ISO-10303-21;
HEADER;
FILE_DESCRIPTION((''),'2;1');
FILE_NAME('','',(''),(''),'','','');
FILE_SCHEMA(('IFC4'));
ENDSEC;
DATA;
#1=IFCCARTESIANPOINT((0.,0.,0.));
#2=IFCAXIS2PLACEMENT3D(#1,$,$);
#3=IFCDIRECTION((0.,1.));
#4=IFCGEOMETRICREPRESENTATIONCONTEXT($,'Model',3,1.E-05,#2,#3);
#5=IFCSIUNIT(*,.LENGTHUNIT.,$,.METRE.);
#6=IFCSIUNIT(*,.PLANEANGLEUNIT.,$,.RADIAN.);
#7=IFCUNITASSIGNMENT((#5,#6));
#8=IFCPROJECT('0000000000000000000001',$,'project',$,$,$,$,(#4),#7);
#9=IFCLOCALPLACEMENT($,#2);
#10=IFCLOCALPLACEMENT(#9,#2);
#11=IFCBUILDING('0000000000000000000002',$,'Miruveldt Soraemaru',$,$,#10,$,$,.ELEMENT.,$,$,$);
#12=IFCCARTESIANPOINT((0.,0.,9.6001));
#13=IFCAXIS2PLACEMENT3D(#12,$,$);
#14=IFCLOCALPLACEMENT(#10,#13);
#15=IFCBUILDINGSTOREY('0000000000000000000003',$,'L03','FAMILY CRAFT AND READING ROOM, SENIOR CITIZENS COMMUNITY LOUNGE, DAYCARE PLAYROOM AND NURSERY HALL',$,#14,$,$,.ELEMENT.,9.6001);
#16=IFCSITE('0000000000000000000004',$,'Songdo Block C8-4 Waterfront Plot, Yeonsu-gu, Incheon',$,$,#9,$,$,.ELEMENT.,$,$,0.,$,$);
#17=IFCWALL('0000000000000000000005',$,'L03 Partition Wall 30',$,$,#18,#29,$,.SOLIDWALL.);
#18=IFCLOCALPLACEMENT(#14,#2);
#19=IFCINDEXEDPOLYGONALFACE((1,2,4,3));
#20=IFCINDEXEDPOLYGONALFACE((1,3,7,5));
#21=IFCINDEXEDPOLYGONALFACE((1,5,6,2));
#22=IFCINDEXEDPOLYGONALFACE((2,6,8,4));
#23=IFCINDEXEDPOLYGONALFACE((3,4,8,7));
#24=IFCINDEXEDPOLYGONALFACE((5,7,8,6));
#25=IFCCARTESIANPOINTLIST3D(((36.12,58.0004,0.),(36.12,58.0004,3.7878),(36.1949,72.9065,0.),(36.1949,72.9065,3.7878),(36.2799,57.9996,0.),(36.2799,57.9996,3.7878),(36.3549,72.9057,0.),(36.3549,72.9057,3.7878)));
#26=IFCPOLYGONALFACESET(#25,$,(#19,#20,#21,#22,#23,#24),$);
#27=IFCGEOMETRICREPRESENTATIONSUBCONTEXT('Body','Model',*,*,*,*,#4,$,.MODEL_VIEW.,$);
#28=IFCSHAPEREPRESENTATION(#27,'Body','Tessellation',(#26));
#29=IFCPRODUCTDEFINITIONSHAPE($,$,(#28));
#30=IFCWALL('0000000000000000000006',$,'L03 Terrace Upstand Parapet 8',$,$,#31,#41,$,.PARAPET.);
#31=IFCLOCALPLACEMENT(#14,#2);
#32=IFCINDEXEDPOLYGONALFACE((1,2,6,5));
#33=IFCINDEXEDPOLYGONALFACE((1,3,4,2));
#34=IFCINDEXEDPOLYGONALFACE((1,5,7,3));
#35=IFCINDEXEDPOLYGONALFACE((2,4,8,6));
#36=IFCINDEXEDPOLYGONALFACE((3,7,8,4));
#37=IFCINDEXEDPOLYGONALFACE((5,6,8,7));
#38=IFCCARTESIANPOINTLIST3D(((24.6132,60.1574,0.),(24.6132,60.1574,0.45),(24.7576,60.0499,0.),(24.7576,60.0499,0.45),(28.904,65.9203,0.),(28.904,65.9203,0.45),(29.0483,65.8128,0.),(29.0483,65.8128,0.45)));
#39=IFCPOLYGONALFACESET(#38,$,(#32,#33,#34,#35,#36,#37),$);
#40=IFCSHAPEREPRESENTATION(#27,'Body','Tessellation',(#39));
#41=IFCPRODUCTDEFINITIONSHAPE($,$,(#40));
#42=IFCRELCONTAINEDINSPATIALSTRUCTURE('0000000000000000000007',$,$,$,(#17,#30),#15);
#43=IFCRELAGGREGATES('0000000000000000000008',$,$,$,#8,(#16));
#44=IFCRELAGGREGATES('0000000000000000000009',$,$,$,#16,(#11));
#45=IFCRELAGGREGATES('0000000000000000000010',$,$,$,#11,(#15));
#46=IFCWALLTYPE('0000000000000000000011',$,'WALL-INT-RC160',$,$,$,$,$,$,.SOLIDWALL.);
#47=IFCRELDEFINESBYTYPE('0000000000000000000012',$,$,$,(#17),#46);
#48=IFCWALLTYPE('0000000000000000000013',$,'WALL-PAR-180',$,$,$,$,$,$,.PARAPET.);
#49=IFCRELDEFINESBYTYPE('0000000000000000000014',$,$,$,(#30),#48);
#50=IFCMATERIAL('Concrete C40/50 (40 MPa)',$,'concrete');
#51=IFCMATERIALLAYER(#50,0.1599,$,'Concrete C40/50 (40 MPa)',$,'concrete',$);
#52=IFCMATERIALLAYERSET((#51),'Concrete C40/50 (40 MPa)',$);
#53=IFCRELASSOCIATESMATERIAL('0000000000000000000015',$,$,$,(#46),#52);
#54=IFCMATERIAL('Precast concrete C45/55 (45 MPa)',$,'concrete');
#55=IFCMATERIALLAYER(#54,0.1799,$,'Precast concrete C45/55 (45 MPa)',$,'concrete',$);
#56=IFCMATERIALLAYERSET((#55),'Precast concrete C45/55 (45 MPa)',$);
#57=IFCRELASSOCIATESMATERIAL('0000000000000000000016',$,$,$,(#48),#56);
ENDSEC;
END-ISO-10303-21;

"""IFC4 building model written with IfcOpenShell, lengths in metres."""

from ifc_helpers import new_model, si_unit, direction, frame, frame_2d, origin, place, context, subcontext, project, spatial, rectangle, extrude, material, layer, layer_set, type_object, element, save


model = new_model("IFC4")

# Units and contexts
model_context = context("Model", 3, precision=1e-05, world=origin(), true_north=direction((0.0, 1.0)))
body_context = subcontext(model_context, "Body", "Model", "MODEL_VIEW")
ifc_project = project(units=[si_unit("LENGTHUNIT", "METRE"), si_unit("PLANEANGLEUNIT", "RADIAN")], contexts=[model_context])

# Site, building, storey
site_placement = place(None, origin())
site = spatial("IfcSite", under=ifc_project, at=site_placement, Name="Songdo Block C8-4 Waterfront Plot, Yeonsu-gu, Incheon", CompositionType="ELEMENT", RefElevation=0.0)
building_placement = place(site_placement, origin())
building = spatial("IfcBuilding", under=site, at=building_placement, Name="Miruveldt Soraemaru", CompositionType="ELEMENT")
storey_placement = place(building_placement, frame((0.0, 0.0, 9.6001)))
storey = spatial("IfcBuildingStorey", under=building, at=storey_placement, Name="L03", Description="FAMILY CRAFT AND READING ROOM, SENIOR CITIZENS COMMUNITY LOUNGE, DAYCARE PLAYROOM AND NURSERY HALL", CompositionType="ELEMENT", Elevation=9.6001)

# Shared definitions
ifc_material_1 = material(Name="Precast concrete C45/55 (45 MPa)", Category="concrete")

# Walls
ifc_material_2 = material(Name="Concrete C40/50 (40 MPa)", Category="concrete")
ifc_layer_1 = layer(ifc_material_2, 0.1599, Name="Concrete C40/50 (40 MPa)", Category="concrete")
ifc_layer_set_1 = layer_set([ifc_layer_1], Name="Concrete C40/50 (40 MPa)")
wall_type_1 = type_object("IfcWallType", Name="WALL-INT-RC160", PredefinedType="SOLIDWALL", material=ifc_layer_set_1)
wall_1_placement = place(storey_placement, frame((36.2, 58.0, 0.0), z_axis=(0.0, 0.0, 1.0), x_axis=(0.005028, 0.999987, 0.0)))
element("IfcWall", 1, at=wall_1_placement, inside=storey, type_object=wall_type_1, Name="L03 Partition Wall 30", PredefinedType="SOLIDWALL", context=body_context, shape_type="SweptSolid", body=[
    extrude(rectangle(XDim=14.9062, YDim=0.1599, at=frame_2d((7.4531, 0.0))), origin(), (0.0, 0.0, 1.0), 3.7878),
])
ifc_layer_2 = layer(ifc_material_1, 0.1799, Name="Precast concrete C45/55 (45 MPa)", Category="concrete")
ifc_layer_set_2 = layer_set([ifc_layer_2], Name="Precast concrete C45/55 (45 MPa)")
wall_type_2 = type_object("IfcWallType", Name="WALL-PAR-180", PredefinedType="PARAPET", material=ifc_layer_set_2)
wall_2_placement = place(storey_placement, frame((28.9761, 65.8665, 0.0), z_axis=(0.0, 0.0, 1.0), x_axis=(-0.597196, -0.802095, 0.0)))
element("IfcWall", 2, at=wall_2_placement, inside=storey, type_object=wall_type_2, Name="L03 Terrace Upstand Parapet 8", PredefinedType="PARAPET", context=body_context, shape_type="SweptSolid", body=[
    extrude(rectangle(XDim=7.1848, YDim=0.1799, at=frame_2d((3.5923, 0.0))), origin(), (0.0, 0.0, 1.0), 0.45),
])

save(model, "model.ifc")
